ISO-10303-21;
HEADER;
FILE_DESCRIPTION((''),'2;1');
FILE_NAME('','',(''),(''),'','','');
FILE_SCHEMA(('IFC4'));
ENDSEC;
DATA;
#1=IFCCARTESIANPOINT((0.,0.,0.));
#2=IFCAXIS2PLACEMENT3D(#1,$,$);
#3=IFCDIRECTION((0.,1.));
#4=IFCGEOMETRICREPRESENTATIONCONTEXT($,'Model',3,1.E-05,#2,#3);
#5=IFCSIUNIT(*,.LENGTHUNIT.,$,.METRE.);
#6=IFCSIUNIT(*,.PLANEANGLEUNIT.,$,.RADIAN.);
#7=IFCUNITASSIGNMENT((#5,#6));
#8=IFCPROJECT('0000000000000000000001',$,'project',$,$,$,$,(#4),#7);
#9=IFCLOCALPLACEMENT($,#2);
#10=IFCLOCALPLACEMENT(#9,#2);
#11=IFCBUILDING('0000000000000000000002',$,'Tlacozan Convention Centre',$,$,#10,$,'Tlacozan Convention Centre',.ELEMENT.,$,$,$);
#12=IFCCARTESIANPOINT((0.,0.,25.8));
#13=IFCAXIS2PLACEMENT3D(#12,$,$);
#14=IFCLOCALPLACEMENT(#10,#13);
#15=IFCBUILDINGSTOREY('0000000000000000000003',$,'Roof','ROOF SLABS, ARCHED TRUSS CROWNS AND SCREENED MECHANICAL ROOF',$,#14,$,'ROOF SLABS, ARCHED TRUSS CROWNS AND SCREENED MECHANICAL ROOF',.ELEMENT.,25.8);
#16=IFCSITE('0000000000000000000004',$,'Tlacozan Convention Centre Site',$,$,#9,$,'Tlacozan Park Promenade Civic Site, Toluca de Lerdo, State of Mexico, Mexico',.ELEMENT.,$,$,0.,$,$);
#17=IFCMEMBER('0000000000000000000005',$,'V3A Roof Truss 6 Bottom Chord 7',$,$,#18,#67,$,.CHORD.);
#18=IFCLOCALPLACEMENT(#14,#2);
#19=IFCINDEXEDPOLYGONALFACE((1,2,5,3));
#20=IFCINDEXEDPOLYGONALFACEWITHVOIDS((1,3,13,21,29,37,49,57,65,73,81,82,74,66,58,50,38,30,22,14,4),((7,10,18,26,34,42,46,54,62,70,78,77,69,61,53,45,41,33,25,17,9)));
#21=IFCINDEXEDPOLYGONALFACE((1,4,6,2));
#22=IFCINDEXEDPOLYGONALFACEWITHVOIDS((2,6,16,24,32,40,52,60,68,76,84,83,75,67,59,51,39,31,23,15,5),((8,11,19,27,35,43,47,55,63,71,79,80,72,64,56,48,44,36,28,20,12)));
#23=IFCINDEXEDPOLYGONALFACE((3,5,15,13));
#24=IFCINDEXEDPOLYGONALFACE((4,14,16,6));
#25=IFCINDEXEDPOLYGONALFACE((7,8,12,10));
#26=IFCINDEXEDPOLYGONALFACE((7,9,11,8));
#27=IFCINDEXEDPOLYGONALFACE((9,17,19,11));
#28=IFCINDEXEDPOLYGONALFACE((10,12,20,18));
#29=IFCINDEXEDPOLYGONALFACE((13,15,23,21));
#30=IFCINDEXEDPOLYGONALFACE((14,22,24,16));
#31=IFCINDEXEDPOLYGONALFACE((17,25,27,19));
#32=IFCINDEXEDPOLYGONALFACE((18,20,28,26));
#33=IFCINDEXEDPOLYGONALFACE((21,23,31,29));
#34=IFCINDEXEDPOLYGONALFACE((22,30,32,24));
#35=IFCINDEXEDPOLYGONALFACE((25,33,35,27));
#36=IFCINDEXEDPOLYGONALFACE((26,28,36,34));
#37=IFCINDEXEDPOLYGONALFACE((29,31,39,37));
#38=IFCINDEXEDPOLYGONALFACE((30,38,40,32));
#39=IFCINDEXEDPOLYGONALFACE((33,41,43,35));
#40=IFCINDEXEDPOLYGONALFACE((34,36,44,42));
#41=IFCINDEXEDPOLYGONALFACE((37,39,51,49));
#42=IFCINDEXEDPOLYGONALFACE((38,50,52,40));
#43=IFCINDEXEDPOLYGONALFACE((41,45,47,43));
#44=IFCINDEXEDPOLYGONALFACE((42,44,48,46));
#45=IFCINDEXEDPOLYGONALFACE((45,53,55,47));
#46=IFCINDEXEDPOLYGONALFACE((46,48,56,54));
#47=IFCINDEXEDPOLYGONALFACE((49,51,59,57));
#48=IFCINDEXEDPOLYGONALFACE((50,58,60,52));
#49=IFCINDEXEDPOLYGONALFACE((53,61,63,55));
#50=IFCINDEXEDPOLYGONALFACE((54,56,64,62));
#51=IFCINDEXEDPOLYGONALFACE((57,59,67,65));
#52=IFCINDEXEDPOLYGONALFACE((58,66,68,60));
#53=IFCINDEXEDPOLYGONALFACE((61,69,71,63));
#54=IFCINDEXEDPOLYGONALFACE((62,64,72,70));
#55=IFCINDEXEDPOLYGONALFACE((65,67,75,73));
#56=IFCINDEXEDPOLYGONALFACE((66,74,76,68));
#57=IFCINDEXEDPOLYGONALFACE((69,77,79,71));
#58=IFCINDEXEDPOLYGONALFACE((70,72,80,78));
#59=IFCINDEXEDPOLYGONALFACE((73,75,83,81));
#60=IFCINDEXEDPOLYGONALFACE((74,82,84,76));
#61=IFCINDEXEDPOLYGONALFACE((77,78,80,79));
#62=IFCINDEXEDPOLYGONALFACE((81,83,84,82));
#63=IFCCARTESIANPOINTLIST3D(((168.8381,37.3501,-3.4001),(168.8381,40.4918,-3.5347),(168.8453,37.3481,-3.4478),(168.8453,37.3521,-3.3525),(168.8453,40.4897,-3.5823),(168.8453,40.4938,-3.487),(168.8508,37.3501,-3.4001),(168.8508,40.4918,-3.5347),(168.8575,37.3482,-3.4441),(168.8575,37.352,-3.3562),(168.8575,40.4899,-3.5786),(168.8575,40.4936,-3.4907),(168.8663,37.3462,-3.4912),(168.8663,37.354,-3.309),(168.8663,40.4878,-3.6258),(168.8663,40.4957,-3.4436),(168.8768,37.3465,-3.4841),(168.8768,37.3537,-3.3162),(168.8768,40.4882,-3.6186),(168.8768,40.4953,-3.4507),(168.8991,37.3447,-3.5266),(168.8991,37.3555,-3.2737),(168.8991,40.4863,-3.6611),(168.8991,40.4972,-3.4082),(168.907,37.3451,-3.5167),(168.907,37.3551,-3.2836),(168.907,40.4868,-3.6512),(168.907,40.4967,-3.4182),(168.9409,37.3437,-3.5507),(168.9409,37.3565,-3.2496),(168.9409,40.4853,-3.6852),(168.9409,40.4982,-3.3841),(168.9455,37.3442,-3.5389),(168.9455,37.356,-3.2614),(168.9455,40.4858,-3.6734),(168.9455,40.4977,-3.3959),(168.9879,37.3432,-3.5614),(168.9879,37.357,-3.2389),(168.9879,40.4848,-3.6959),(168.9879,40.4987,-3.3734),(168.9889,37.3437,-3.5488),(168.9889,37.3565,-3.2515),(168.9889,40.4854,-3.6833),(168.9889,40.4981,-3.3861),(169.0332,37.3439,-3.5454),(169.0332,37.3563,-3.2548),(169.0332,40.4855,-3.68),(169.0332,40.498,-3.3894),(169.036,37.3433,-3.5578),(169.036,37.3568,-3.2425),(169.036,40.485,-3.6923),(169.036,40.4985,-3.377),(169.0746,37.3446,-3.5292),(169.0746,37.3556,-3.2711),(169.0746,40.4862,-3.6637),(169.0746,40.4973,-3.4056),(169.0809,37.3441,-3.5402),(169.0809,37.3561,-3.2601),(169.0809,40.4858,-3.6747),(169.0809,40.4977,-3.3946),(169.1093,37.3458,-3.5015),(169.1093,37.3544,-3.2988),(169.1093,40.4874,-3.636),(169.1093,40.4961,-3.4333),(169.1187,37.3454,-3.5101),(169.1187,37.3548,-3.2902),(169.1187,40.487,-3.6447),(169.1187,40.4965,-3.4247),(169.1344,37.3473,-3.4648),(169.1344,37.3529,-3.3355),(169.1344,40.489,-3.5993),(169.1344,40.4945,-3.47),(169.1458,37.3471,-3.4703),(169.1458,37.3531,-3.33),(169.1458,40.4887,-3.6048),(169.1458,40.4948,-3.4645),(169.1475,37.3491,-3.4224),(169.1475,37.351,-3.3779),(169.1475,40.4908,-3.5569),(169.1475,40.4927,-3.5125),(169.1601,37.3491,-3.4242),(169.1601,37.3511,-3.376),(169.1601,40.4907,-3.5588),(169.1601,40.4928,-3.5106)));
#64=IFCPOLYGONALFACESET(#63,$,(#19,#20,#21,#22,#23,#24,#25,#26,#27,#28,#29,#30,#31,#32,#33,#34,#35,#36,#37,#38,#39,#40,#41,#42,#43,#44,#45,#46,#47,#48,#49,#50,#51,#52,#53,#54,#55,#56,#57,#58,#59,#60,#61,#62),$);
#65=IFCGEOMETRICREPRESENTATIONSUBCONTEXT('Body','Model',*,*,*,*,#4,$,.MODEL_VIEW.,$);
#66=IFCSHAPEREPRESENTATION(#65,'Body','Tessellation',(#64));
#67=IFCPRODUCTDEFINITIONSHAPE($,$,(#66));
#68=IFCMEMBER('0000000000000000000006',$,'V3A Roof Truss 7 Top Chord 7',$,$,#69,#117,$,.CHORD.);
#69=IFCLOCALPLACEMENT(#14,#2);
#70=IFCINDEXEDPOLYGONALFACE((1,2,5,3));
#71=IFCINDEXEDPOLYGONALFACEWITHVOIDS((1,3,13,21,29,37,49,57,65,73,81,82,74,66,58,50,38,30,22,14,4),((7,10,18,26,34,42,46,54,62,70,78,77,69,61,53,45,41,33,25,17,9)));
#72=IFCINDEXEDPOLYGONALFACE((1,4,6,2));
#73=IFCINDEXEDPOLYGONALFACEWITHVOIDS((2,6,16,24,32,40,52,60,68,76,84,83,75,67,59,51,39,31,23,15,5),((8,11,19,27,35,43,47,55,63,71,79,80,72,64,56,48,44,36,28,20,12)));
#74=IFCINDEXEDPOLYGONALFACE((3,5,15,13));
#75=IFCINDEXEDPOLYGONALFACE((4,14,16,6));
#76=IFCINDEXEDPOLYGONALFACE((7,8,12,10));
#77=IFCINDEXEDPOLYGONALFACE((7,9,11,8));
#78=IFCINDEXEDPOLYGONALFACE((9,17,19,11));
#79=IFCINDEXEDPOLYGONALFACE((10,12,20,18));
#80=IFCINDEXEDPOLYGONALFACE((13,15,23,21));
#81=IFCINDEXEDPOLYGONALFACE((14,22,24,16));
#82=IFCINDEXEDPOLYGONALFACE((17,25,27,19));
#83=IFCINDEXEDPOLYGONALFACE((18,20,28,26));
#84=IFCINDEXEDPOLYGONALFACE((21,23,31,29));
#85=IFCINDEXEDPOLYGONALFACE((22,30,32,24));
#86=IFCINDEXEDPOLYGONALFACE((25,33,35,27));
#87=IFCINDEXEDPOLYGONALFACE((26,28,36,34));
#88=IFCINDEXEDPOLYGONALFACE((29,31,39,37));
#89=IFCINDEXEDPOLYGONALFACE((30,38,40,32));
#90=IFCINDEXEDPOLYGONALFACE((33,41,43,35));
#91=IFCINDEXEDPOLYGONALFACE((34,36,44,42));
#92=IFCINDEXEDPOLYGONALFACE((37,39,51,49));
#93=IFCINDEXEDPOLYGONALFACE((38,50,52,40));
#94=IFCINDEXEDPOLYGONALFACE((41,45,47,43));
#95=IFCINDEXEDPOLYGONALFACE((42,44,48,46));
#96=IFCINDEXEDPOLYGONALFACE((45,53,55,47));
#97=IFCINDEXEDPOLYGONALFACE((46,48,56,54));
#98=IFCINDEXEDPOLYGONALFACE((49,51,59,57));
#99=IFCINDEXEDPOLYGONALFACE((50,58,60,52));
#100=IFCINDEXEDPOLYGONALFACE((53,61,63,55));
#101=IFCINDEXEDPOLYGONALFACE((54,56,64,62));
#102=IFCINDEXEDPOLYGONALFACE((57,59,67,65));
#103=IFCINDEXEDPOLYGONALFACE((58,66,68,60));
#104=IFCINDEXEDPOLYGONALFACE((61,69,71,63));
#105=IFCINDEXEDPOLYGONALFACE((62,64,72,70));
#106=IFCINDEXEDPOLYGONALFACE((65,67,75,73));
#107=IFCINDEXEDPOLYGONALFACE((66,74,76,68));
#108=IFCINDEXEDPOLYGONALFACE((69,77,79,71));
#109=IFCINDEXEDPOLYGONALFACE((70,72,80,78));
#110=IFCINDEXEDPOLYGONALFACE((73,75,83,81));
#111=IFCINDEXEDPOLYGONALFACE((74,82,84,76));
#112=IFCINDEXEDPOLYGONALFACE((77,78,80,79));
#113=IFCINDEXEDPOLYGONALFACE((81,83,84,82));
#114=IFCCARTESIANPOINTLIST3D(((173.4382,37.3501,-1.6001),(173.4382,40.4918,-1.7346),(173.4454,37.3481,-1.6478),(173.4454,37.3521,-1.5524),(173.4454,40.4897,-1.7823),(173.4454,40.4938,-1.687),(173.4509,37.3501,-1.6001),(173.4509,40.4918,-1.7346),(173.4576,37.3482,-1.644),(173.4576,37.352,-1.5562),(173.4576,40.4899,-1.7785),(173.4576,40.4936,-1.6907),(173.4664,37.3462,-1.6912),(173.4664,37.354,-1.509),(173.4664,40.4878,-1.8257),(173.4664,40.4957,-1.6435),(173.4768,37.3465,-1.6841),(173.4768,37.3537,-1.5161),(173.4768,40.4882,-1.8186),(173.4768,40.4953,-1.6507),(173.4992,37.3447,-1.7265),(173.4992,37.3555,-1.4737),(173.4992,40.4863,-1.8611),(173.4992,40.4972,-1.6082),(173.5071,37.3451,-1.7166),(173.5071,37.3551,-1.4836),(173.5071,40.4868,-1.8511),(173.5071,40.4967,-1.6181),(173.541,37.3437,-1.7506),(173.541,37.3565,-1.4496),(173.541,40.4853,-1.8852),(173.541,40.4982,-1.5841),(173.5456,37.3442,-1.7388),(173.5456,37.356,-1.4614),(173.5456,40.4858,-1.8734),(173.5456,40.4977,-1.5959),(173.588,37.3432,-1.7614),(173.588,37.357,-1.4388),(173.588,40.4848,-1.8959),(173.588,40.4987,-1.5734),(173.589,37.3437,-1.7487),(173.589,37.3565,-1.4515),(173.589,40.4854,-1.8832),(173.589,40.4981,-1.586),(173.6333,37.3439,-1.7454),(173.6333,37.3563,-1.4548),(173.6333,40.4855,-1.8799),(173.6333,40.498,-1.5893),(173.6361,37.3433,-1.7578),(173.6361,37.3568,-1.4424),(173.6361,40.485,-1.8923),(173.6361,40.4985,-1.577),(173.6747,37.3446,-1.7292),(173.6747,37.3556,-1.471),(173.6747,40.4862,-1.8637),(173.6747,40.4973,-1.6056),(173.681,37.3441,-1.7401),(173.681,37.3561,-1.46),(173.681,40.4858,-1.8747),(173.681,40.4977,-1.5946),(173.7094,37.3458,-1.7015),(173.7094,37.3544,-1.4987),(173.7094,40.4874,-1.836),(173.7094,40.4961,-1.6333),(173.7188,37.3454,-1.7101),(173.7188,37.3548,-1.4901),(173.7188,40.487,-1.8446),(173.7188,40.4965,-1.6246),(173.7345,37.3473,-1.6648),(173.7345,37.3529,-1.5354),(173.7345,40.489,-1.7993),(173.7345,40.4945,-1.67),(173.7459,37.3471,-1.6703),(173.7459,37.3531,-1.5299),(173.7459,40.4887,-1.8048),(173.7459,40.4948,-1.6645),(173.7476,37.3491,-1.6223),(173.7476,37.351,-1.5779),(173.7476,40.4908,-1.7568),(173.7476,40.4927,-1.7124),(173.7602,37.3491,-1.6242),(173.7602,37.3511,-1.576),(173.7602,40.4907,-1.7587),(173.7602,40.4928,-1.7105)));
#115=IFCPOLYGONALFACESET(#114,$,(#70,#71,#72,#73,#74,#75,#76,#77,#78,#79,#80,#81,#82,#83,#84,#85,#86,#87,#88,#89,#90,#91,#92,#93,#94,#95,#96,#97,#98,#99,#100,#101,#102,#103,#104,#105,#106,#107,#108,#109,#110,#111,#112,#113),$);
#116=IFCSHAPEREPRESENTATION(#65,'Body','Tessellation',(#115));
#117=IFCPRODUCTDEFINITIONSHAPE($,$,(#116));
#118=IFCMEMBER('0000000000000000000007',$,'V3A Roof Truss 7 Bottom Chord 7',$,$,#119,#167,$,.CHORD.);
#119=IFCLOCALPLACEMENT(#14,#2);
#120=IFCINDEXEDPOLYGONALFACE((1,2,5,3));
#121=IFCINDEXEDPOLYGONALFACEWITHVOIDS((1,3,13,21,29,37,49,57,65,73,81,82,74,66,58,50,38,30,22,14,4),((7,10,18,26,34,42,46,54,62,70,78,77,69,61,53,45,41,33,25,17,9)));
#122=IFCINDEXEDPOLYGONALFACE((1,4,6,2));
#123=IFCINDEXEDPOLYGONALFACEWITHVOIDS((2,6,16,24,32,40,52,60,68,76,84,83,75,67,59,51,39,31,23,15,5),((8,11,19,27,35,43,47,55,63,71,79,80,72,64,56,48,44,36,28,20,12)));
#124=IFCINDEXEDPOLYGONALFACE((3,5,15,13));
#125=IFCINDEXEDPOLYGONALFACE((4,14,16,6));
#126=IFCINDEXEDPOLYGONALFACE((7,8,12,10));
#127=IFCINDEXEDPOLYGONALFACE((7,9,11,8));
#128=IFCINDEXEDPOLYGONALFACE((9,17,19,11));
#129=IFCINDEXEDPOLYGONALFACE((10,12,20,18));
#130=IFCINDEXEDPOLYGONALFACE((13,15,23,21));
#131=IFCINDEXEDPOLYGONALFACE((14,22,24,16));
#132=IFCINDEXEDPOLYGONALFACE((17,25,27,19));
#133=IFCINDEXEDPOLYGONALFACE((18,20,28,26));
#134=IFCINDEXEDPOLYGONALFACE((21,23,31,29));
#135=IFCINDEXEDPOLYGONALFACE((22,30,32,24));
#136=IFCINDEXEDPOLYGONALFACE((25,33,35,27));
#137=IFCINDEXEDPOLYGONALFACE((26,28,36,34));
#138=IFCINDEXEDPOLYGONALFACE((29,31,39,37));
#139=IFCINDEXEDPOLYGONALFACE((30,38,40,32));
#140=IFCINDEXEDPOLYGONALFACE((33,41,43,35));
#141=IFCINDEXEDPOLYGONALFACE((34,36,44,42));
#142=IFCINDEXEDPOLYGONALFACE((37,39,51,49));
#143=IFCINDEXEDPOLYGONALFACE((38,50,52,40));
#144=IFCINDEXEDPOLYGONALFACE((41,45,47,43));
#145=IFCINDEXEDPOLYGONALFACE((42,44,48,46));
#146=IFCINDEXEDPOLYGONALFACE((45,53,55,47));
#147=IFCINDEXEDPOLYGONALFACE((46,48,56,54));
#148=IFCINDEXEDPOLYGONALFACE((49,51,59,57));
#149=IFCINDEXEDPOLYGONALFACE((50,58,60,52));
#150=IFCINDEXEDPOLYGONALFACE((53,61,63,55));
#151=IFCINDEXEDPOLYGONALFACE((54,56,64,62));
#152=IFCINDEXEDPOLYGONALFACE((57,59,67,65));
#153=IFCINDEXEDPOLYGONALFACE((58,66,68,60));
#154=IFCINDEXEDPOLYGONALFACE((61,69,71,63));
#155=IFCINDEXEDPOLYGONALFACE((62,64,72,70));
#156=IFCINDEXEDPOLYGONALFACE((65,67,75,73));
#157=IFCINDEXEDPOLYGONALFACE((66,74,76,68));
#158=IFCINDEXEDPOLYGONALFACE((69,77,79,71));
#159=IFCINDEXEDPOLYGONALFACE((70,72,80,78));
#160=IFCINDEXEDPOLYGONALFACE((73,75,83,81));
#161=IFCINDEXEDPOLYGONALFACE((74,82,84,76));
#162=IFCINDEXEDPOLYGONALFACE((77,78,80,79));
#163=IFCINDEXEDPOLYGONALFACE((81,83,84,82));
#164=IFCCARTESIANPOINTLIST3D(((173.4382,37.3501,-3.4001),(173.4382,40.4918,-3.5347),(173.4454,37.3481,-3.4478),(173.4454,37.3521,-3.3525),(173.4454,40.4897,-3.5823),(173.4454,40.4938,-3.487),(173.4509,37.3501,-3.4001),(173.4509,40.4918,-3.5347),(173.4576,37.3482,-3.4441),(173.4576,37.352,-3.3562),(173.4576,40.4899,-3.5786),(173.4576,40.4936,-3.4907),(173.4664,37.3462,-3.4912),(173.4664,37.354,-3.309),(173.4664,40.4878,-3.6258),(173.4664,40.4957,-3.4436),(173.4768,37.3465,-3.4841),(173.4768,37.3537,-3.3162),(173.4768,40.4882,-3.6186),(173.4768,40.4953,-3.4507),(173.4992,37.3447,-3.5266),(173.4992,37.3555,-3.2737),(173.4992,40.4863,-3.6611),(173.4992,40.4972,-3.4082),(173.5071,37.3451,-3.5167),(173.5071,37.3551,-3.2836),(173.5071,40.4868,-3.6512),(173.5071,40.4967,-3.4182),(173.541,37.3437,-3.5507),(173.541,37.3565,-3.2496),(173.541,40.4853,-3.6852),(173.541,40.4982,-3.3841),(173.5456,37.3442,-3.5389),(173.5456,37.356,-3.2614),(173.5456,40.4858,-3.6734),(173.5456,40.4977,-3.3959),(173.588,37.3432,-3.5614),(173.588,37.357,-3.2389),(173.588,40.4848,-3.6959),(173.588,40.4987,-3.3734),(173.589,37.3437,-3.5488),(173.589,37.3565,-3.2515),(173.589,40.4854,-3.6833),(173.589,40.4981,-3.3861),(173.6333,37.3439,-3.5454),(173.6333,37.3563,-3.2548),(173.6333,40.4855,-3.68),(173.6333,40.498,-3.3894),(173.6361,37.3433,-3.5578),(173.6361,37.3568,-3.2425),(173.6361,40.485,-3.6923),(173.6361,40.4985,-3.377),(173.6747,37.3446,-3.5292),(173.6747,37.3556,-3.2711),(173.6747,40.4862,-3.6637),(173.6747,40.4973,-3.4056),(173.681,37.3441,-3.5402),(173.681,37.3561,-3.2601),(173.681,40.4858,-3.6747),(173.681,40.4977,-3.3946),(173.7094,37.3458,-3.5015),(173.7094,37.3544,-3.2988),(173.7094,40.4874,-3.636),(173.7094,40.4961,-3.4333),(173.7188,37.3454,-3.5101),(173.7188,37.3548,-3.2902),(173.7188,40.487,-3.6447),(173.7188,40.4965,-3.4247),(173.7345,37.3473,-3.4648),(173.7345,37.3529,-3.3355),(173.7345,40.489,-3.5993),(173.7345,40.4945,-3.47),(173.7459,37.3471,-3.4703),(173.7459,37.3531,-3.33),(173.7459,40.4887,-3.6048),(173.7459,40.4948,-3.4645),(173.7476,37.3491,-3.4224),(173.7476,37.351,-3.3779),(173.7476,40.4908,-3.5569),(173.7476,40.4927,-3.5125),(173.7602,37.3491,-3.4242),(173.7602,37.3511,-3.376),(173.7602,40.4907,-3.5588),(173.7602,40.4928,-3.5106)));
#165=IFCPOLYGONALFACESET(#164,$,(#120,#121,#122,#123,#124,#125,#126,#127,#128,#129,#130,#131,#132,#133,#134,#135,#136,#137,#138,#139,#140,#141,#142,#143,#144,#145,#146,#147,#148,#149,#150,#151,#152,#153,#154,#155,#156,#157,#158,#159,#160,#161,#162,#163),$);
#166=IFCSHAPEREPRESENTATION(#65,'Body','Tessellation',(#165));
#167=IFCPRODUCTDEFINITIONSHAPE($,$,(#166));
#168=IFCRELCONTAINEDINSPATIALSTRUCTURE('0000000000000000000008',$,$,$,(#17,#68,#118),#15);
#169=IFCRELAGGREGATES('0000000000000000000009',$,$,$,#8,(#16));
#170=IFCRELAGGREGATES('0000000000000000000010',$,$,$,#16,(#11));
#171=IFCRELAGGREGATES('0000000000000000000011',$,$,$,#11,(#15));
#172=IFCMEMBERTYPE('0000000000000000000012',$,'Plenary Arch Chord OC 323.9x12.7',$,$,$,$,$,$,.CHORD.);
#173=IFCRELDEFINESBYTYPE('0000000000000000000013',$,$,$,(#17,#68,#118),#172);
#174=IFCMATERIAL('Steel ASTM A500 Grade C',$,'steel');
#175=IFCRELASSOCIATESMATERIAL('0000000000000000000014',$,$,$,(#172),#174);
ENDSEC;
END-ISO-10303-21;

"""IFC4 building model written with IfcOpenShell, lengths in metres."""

from ifc_helpers import new_model, si_unit, direction, frame, origin, origin_2d, place, context, subcontext, project, spatial, hollow_circle, extrude, material, material_profile, profile_set, type_object, element, save


model = new_model("IFC4")

# Units and contexts
model_context = context("Model", 3, precision=1e-05, world=origin(), true_north=direction((0.0, 1.0)))
body_context = subcontext(model_context, "Body", "Model", "MODEL_VIEW")
ifc_project = project(units=[si_unit("LENGTHUNIT", "METRE"), si_unit("PLANEANGLEUNIT", "RADIAN")], contexts=[model_context])

# Site, building, storey
site_placement = place(None, origin())
site = spatial("IfcSite", under=ifc_project, at=site_placement, Name="Tlacozan Convention Centre Site", LongName="Tlacozan Park Promenade Civic Site, Toluca de Lerdo, State of Mexico, Mexico", CompositionType="ELEMENT", RefElevation=0.0)
building_placement = place(site_placement, origin())
building = spatial("IfcBuilding", under=site, at=building_placement, Name="Tlacozan Convention Centre", LongName="Tlacozan Convention Centre", CompositionType="ELEMENT")
storey_placement = place(building_placement, frame((0.0, 0.0, 25.8)))
storey = spatial("IfcBuildingStorey", under=building, at=storey_placement, Name="Roof", Description="ROOF SLABS, ARCHED TRUSS CROWNS AND SCREENED MECHANICAL ROOF", LongName="ROOF SLABS, ARCHED TRUSS CROWNS AND SCREENED MECHANICAL ROOF", CompositionType="ELEMENT", Elevation=25.8)

# Members
ifc_material_1 = material(Name="Steel ASTM A500 Grade C", Category="steel")
ifc_material_profile_1 = material_profile(ifc_material_1, hollow_circle(Radius=0.1619, WallThickness=0.0127, at=origin_2d()), Name="OC 323.9x12.7")
ifc_profile_set_1 = profile_set([ifc_material_profile_1], Name="Steel ASTM A500 Grade C")
member_type_1 = type_object("IfcMemberType", Name="Plenary Arch Chord OC 323.9x12.7", PredefinedType="CHORD", material=ifc_profile_set_1)
for number, where, z_axis, x_axis, name in (
    (1, (169.0, 37.3501, -3.4001), (0.0, 0.999085, -0.04278), (-1.0, 0.0, 0.0), "V3A Roof Truss 6 Bottom Chord 7"),
    (2, (173.6001, 37.3501, -1.6001), (0.0, 0.999085, -0.04278), (-1.0, 0.0, 0.0), "V3A Roof Truss 7 Top Chord 7"),
    (3, (173.6001, 37.3501, -3.4001), (0.0, 0.999085, -0.04278), (-1.0, 0.0, 0.0), "V3A Roof Truss 7 Bottom Chord 7"),
):
    element("IfcMember", number, at=place(storey_placement, frame(where, z_axis=z_axis, x_axis=x_axis)), inside=storey, type_object=member_type_1, Name=name, PredefinedType="CHORD", context=body_context, shape_type="SweptSolid", body=[
        extrude(hollow_circle(Radius=0.1619, WallThickness=0.0127, at=origin_2d()), origin(), (0.0, 0.0, 1.0), 3.1445),
    ])

save(model, "model.ifc")
